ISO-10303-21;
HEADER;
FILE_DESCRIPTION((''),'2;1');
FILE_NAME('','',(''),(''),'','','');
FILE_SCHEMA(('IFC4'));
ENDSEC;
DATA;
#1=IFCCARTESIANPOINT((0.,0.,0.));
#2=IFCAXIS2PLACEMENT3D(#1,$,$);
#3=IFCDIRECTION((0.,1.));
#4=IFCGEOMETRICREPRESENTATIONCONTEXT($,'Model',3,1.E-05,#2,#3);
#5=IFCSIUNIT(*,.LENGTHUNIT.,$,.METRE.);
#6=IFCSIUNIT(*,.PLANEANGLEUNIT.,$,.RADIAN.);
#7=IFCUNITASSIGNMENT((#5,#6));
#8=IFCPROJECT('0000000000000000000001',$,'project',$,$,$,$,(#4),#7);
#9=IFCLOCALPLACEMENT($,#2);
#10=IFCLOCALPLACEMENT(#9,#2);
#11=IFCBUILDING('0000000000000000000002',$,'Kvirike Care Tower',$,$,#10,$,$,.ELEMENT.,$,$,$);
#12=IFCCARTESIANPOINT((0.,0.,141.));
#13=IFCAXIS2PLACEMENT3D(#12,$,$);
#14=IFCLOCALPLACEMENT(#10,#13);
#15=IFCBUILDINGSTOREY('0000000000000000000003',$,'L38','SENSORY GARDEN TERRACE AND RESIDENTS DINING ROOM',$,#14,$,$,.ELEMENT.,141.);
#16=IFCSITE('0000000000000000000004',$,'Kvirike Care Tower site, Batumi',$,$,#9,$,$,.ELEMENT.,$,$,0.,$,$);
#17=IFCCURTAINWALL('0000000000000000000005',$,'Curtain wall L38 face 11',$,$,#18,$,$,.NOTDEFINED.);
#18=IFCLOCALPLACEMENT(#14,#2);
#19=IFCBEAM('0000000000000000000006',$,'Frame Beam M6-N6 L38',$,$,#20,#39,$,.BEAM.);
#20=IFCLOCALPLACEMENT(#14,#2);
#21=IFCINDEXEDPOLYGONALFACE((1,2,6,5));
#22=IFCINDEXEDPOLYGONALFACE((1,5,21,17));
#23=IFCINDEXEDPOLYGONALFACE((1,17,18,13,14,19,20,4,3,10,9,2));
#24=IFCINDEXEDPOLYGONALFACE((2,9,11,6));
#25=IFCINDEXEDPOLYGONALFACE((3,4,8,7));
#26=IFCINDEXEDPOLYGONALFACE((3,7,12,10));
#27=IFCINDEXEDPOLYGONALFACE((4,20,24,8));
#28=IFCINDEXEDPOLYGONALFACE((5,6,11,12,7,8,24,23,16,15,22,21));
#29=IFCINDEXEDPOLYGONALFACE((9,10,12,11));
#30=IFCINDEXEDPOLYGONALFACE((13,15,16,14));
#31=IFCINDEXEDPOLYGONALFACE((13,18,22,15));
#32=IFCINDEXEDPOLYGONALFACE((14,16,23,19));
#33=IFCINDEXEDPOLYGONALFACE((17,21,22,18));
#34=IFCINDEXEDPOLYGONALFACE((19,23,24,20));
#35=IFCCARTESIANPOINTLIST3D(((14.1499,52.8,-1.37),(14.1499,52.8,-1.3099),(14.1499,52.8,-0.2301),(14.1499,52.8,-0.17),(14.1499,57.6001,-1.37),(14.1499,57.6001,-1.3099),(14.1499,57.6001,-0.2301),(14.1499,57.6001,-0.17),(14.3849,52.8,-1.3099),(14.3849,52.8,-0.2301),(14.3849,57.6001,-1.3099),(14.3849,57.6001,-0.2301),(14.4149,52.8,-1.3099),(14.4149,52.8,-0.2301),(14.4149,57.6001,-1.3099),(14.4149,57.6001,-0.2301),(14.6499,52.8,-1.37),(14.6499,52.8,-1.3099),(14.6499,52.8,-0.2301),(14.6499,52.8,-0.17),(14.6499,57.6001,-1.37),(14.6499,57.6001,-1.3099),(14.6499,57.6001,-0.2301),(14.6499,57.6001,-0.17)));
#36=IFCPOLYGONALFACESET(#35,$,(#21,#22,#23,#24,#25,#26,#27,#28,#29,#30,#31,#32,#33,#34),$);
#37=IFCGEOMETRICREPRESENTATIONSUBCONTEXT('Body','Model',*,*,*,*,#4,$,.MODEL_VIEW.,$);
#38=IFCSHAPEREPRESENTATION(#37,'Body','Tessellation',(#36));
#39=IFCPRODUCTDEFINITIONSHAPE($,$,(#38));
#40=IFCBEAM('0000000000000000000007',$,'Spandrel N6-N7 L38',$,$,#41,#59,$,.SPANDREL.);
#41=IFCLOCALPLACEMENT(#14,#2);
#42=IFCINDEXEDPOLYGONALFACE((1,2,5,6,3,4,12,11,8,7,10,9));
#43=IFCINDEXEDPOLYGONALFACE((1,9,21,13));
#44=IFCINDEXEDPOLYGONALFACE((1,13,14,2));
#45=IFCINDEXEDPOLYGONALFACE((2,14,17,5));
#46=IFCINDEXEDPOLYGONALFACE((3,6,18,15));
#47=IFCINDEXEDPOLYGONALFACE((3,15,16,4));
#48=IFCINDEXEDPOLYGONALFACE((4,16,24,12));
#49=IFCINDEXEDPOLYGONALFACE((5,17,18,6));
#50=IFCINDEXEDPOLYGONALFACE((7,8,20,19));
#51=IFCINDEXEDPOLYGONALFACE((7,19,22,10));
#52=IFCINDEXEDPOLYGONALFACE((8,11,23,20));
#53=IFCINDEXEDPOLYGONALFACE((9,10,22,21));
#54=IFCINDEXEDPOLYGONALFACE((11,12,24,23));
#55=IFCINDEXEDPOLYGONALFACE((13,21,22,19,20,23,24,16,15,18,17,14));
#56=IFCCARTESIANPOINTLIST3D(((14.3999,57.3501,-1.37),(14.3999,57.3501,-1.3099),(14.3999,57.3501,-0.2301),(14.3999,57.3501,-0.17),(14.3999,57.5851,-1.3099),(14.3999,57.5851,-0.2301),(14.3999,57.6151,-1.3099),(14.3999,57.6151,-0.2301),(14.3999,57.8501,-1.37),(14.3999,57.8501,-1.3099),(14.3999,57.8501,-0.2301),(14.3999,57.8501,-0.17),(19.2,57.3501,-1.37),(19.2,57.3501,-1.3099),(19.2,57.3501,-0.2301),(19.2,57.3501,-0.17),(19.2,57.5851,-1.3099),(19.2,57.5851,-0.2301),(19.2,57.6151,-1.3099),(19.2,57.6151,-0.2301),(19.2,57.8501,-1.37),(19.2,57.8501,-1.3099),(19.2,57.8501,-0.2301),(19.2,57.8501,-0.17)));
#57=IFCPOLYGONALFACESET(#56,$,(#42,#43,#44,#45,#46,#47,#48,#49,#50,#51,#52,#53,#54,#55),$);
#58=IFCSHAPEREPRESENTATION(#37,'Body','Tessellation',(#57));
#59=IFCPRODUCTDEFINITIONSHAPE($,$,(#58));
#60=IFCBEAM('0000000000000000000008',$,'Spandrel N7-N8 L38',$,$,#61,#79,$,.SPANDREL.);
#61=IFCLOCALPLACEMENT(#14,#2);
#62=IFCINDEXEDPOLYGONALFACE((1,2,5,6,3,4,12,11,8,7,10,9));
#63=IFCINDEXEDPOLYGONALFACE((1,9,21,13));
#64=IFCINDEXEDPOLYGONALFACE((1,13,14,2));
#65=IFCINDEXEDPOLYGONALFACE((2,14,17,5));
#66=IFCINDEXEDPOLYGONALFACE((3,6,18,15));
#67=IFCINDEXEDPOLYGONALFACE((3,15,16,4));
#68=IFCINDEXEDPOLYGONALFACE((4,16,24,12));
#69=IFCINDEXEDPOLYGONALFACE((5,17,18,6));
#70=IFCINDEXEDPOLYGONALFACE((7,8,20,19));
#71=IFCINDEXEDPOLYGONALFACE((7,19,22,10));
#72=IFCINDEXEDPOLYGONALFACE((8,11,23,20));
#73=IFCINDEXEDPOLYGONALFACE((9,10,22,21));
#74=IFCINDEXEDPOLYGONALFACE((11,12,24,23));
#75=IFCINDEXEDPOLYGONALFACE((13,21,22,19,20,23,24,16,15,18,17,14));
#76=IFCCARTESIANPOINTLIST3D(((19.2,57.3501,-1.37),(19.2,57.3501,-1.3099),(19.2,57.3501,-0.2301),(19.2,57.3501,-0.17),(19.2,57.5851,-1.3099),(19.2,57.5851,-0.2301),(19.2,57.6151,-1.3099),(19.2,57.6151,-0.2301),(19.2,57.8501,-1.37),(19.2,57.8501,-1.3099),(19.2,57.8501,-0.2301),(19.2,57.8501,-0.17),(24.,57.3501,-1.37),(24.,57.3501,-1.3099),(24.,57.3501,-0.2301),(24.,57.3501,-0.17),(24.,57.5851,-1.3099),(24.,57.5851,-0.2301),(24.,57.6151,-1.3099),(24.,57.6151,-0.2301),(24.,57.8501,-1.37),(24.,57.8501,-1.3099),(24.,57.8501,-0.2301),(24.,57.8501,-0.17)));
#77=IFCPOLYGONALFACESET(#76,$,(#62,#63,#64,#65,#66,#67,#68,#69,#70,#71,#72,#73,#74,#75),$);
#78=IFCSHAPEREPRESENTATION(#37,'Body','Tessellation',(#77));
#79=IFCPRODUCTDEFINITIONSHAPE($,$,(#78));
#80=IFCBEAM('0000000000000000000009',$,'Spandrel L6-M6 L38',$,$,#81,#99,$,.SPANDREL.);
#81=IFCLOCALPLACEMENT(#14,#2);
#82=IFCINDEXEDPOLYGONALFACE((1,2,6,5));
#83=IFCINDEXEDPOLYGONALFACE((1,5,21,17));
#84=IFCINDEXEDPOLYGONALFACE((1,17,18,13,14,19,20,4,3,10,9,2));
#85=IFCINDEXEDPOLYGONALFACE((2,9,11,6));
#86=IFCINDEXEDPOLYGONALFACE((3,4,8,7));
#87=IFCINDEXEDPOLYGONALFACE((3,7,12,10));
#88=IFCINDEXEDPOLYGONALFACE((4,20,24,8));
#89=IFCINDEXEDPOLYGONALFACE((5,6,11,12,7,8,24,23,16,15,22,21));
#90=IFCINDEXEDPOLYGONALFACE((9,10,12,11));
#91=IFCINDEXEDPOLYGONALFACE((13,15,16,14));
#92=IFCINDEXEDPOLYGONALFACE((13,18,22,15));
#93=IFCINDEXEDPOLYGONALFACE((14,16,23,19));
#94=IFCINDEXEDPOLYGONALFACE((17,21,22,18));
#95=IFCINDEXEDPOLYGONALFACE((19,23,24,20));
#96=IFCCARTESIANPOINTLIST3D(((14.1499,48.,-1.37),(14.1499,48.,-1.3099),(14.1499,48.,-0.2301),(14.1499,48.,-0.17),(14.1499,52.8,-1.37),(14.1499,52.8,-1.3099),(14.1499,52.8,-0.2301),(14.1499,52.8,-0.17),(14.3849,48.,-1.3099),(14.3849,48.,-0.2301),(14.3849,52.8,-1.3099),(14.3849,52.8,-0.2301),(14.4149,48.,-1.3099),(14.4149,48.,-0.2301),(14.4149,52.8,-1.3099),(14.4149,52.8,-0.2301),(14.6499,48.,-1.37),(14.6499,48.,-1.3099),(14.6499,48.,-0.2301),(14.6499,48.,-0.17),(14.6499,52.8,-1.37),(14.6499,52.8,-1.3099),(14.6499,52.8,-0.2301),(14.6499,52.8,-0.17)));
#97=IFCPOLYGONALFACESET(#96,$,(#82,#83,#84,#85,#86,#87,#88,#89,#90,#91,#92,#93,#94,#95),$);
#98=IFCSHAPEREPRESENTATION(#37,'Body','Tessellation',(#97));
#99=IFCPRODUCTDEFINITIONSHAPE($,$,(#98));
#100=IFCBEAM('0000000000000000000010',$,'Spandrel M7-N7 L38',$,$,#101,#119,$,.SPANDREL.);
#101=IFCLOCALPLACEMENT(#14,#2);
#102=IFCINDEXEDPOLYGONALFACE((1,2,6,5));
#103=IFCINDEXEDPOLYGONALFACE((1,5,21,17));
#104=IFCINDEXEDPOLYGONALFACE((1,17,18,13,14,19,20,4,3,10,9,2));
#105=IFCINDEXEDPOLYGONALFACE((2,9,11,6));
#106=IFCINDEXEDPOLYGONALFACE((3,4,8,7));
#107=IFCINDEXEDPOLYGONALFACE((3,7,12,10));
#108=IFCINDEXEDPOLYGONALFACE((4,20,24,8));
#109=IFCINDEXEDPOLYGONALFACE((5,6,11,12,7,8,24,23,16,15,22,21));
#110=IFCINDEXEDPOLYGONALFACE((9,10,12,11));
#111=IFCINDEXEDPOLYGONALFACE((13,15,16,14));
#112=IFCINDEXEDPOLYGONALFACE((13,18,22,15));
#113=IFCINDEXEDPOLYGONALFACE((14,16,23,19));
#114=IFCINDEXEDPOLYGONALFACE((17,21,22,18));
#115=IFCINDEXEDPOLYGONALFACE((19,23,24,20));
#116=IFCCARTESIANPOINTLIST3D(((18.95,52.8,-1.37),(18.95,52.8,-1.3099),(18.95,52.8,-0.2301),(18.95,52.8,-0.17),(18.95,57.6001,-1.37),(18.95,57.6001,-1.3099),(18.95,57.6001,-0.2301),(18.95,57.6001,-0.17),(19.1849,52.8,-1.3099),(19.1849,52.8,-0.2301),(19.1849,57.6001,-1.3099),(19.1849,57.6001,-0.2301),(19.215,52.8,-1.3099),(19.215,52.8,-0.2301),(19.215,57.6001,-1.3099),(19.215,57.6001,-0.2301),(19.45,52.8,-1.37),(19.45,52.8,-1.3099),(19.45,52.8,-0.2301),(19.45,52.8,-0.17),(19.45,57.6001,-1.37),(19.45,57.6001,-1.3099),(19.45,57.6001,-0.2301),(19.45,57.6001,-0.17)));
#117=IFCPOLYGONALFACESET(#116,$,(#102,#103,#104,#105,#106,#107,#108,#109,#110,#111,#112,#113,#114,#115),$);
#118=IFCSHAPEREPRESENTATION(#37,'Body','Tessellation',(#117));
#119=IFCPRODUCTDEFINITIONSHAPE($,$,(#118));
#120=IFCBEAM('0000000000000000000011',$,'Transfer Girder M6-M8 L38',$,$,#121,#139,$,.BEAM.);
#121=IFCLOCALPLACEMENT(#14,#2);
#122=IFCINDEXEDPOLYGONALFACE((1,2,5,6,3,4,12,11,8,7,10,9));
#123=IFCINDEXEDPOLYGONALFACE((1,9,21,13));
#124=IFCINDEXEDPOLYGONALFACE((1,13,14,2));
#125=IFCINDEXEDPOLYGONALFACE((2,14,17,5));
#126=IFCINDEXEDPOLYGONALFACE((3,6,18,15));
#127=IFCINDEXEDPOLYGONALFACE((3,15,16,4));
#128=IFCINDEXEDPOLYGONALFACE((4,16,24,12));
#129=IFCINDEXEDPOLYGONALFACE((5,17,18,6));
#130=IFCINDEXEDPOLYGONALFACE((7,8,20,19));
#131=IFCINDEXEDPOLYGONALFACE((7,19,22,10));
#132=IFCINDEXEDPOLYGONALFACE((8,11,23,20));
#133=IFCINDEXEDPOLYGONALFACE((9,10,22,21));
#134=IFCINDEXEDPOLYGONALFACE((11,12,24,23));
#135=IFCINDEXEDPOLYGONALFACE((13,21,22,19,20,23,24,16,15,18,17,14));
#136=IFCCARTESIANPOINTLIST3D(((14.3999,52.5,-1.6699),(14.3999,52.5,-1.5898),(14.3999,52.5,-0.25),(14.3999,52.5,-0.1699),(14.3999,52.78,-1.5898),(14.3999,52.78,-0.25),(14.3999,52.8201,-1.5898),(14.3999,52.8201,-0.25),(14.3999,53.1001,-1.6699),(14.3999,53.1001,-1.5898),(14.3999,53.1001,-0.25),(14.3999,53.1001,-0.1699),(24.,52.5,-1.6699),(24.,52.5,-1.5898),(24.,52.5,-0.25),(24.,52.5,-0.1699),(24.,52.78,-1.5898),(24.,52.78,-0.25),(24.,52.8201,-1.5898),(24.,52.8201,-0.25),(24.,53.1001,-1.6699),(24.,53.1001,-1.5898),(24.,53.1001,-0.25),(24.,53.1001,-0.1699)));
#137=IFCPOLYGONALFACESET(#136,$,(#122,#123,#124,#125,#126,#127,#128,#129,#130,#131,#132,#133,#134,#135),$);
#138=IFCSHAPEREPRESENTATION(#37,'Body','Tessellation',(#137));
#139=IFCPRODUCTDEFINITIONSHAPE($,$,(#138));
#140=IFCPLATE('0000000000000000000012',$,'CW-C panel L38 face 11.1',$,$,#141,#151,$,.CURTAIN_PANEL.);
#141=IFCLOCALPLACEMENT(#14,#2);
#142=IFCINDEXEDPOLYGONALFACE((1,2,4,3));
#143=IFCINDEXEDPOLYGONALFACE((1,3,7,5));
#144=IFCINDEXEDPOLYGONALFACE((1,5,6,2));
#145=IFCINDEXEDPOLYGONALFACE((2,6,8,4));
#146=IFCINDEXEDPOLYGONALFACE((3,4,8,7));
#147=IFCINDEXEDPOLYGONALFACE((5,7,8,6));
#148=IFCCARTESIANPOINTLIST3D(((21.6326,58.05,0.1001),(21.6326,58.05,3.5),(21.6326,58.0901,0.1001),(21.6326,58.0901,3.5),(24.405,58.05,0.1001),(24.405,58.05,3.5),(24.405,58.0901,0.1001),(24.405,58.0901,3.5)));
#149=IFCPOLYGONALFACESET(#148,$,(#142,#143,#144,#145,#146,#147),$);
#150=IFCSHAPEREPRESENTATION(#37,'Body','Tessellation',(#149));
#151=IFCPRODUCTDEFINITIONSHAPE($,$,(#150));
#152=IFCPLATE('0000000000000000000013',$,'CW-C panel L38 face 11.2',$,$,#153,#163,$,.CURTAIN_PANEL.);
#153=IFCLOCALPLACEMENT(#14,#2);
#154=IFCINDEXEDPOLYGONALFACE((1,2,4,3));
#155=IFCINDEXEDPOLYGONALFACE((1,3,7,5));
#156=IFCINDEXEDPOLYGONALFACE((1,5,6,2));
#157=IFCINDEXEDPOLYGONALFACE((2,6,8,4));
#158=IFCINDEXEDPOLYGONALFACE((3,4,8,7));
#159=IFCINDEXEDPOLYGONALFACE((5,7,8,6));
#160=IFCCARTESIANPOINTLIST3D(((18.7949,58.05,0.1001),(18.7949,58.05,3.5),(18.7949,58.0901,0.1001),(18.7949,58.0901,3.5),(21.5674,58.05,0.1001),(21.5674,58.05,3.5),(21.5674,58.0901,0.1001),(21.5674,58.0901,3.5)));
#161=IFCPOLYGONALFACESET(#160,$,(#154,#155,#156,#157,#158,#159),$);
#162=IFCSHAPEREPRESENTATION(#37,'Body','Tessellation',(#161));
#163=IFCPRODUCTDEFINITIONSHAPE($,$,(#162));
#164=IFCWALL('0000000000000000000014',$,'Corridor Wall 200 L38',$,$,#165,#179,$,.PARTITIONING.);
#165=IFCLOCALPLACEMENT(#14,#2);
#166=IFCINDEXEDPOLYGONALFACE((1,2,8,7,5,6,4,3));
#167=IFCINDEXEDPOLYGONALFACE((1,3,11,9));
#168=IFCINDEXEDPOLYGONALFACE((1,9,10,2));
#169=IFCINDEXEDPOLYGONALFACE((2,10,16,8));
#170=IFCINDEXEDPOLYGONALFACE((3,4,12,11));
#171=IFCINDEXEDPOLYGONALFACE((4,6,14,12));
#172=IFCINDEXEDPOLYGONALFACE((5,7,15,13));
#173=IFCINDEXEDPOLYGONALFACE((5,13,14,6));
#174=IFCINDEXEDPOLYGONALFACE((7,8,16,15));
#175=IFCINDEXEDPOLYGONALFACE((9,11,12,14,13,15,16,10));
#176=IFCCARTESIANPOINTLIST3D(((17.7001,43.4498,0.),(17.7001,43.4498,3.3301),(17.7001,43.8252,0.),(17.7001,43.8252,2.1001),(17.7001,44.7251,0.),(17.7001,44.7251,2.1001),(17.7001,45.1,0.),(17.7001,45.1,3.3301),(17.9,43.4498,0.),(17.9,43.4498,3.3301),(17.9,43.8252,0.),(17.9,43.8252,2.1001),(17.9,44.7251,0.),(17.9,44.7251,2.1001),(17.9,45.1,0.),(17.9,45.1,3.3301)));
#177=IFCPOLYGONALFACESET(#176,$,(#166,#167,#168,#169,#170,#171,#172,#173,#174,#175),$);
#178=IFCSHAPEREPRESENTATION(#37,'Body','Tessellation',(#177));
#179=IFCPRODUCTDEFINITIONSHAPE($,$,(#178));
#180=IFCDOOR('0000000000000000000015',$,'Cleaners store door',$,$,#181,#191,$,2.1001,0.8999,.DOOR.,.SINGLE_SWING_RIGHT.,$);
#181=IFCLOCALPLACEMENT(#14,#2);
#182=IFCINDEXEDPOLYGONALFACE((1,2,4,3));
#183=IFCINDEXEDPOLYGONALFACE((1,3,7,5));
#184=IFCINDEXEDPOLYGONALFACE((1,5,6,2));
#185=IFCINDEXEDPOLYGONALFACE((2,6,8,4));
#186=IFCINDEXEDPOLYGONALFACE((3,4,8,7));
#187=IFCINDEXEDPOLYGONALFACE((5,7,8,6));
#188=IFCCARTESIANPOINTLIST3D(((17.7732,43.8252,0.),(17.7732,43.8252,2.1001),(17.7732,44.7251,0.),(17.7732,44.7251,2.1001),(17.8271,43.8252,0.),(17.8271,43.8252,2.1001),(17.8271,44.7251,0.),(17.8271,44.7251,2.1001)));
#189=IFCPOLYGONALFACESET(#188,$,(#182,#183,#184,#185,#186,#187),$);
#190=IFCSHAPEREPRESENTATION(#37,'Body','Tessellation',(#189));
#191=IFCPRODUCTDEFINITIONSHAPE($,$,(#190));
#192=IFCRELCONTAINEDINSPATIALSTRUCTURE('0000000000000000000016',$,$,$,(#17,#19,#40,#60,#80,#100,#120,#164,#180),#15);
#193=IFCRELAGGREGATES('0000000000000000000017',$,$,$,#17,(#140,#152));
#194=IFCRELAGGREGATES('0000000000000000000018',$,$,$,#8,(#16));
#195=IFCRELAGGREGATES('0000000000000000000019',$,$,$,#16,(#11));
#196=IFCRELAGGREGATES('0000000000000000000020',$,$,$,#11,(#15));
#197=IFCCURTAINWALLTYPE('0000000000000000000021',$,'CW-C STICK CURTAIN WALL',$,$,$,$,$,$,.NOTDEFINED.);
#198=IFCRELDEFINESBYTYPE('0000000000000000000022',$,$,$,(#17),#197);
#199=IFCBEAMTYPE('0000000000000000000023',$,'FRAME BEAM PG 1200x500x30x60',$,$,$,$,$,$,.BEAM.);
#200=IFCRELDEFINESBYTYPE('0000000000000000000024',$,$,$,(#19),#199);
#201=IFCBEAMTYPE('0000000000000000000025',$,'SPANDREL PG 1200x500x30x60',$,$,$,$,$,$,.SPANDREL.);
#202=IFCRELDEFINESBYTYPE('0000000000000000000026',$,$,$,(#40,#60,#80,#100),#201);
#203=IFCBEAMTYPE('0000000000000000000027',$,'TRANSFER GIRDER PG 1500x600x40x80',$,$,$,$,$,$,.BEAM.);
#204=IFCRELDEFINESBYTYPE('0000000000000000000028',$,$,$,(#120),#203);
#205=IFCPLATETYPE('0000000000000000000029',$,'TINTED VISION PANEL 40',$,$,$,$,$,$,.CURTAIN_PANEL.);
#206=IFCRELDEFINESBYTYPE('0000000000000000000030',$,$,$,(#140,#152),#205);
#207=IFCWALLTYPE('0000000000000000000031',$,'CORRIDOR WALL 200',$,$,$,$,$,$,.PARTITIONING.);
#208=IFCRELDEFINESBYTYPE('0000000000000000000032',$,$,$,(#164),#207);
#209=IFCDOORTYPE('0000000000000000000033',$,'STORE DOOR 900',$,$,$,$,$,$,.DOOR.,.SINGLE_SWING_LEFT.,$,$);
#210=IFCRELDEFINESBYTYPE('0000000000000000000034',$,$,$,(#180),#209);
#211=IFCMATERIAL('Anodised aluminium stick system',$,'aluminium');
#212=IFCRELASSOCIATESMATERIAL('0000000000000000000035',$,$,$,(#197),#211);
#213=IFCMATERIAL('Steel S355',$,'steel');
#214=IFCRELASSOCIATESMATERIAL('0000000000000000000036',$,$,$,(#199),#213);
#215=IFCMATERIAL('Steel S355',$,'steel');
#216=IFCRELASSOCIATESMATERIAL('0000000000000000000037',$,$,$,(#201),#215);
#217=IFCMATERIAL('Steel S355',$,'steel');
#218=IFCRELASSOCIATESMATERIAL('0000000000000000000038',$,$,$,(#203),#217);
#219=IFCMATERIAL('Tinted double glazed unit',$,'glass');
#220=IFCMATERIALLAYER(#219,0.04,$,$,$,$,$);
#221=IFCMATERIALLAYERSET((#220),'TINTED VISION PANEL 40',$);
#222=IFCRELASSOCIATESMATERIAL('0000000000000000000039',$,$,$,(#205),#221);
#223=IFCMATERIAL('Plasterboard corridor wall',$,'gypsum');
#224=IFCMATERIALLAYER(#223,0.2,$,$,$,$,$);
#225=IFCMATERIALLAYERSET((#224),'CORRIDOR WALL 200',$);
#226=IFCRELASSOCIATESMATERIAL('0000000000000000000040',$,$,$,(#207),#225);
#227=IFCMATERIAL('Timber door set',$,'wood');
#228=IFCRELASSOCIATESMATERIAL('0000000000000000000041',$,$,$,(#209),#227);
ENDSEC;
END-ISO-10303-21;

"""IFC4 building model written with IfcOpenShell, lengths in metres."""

from ifc_helpers import new_model, si_unit, direction, frame, frame_2d, origin, origin_2d, place, context, subcontext, project, spatial, rectangle, i_section, extrude, material, layer, layer_set, material_profile, profile_set, type_object, element, fill, aggregate, save


model = new_model("IFC4")

# Units and contexts
model_context = context("Model", 3, precision=1e-05, world=origin(), true_north=direction((0.0, 1.0)))
body_context = subcontext(model_context, "Body", "Model", "MODEL_VIEW")
ifc_project = project(units=[si_unit("LENGTHUNIT", "METRE"), si_unit("PLANEANGLEUNIT", "RADIAN")], contexts=[model_context])

# Site, building, storey
site_placement = place(None, origin())
site = spatial("IfcSite", under=ifc_project, at=site_placement, Name="Kvirike Care Tower site, Batumi", CompositionType="ELEMENT", RefElevation=0.0)
building_placement = place(site_placement, origin())
building = spatial("IfcBuilding", under=site, at=building_placement, Name="Kvirike Care Tower", CompositionType="ELEMENT")
storey_placement = place(building_placement, frame((0.0, 0.0, 141.0)))
storey = spatial("IfcBuildingStorey", under=building, at=storey_placement, Name="L38", Description="SENSORY GARDEN TERRACE AND RESIDENTS DINING ROOM", CompositionType="ELEMENT", Elevation=141.0)

# Curtain wall
ifc_material_1 = material(Name="Anodised aluminium stick system", Category="aluminium")
curtain_wall_type = type_object("IfcCurtainWallType", Name="CW-C STICK CURTAIN WALL", PredefinedType="NOTDEFINED", material=ifc_material_1)
curtain_wall_placement = place(storey_placement, origin())
curtain_wall = element("IfcCurtainWall", 1, at=curtain_wall_placement, inside=storey, type_object=curtain_wall_type, Name="Curtain wall L38 face 11", PredefinedType="NOTDEFINED")

# Beams
ifc_material_2 = material(Name="Steel S355", Category="steel")
ifc_material_profile_1 = material_profile(ifc_material_2, i_section(OverallWidth=0.5, OverallDepth=1.2, WebThickness=0.03, FlangeThickness=0.0601, at=origin_2d()), Name="PG 1200x500x30x60")
ifc_profile_set_1 = profile_set([ifc_material_profile_1], Name="Steel S355")
beam_type_1 = type_object("IfcBeamType", Name="FRAME BEAM PG 1200x500x30x60", PredefinedType="BEAM", material=ifc_profile_set_1)
beam_1_placement = place(storey_placement, frame((14.3999, 52.8, -0.77), z_axis=(0.0, 1.0, 0.0), x_axis=(-1.0, 0.0, 0.0)))
element("IfcBeam", 2, at=beam_1_placement, inside=storey, type_object=beam_type_1, Name="Frame Beam M6-N6 L38", PredefinedType="BEAM", context=body_context, shape_type="SweptSolid", body=[
    extrude(i_section(OverallWidth=0.5, OverallDepth=1.2, WebThickness=0.03, FlangeThickness=0.0601, at=origin_2d()), origin(), (0.0, 0.0, 1.0), 4.8),
])
ifc_material_3 = material(Name="Steel S355", Category="steel")
ifc_material_profile_2 = material_profile(ifc_material_3, i_section(OverallWidth=0.5, OverallDepth=1.2, WebThickness=0.03, FlangeThickness=0.0601, at=origin_2d()), Name="PG 1200x500x30x60")
ifc_profile_set_2 = profile_set([ifc_material_profile_2], Name="Steel S355")
beam_type_2 = type_object("IfcBeamType", Name="SPANDREL PG 1200x500x30x60", PredefinedType="SPANDREL", material=ifc_profile_set_2)
for number, where, z_axis, x_axis, name in (
    (3, (14.3999, 57.6001, -0.77), (1.0, 0.0, 0.0), (0.0, 1.0, 0.0), "Spandrel N6-N7 L38"),
    (4, (19.2, 57.6001, -0.77), (1.0, 0.0, 0.0), (0.0, 1.0, 0.0), "Spandrel N7-N8 L38"),
    (5, (14.3999, 48.0, -0.77), (0.0, 1.0, 0.0), (-1.0, 0.0, 0.0), "Spandrel L6-M6 L38"),
    (6, (19.2, 52.8, -0.77), (0.0, 1.0, 0.0), (-1.0, 0.0, 0.0), "Spandrel M7-N7 L38"),
):
    element("IfcBeam", number, at=place(storey_placement, frame(where, z_axis=z_axis, x_axis=x_axis)), inside=storey, type_object=beam_type_2, Name=name, PredefinedType="SPANDREL", context=body_context, shape_type="SweptSolid", body=[
        extrude(i_section(OverallWidth=0.5, OverallDepth=1.2, WebThickness=0.03, FlangeThickness=0.0601, at=origin_2d()), origin(), (0.0, 0.0, 1.0), 4.8),
    ])
ifc_material_4 = material(Name="Steel S355", Category="steel")
ifc_material_profile_3 = material_profile(ifc_material_4, i_section(OverallWidth=0.6001, OverallDepth=1.5, WebThickness=0.04, FlangeThickness=0.0801, at=origin_2d()), Name="PG 1500x600x40x80")
ifc_profile_set_3 = profile_set([ifc_material_profile_3], Name="Steel S355")
beam_type_3 = type_object("IfcBeamType", Name="TRANSFER GIRDER PG 1500x600x40x80", PredefinedType="BEAM", material=ifc_profile_set_3)
beam_2_placement = place(storey_placement, frame((14.3999, 52.8, -0.9199), z_axis=(1.0, 0.0, 0.0), x_axis=(0.0, 1.0, 0.0)))
element("IfcBeam", 7, at=beam_2_placement, inside=storey, type_object=beam_type_3, Name="Transfer Girder M6-M8 L38", PredefinedType="BEAM", context=body_context, shape_type="SweptSolid", body=[
    extrude(i_section(OverallWidth=0.6001, OverallDepth=1.5, WebThickness=0.04, FlangeThickness=0.0801, at=origin_2d()), origin(), (0.0, 0.0, 1.0), 9.6001),
])

# Plates
ifc_material_5 = material(Name="Tinted double glazed unit", Category="glass")
ifc_layer_1 = layer(ifc_material_5, 0.04)
ifc_layer_set_1 = layer_set([ifc_layer_1], Name="TINTED VISION PANEL 40")
plate_type = type_object("IfcPlateType", Name="TINTED VISION PANEL 40", PredefinedType="CURTAIN_PANEL", material=ifc_layer_set_1)
plate_1_placement = place(storey_placement, frame((23.0188, 58.0701, 0.1001), z_axis=(0.0, 0.0, 1.0), x_axis=(-1.0, 0.0, 0.0)))
plate_1 = element("IfcPlate", 8, at=plate_1_placement, type_object=plate_type, Name="CW-C panel L38 face 11.1", PredefinedType="CURTAIN_PANEL", context=body_context, shape_type="SweptSolid", body=[
    extrude(rectangle(XDim=2.7725, YDim=0.04, at=origin_2d()), origin(), (0.0, 0.0, 1.0), 3.3999),
])
plate_2_placement = place(storey_placement, frame((20.1812, 58.0701, 0.1001), z_axis=(0.0, 0.0, 1.0), x_axis=(-1.0, 0.0, 0.0)))
plate_2 = element("IfcPlate", 9, at=plate_2_placement, type_object=plate_type, Name="CW-C panel L38 face 11.2", PredefinedType="CURTAIN_PANEL", context=body_context, shape_type="SweptSolid", body=[
    extrude(rectangle(XDim=2.7725, YDim=0.04, at=origin_2d()), origin(), (0.0, 0.0, 1.0), 3.3999),
])
aggregate(curtain_wall, [plate_1, plate_2])

# Wall, opening, door
ifc_material_6 = material(Name="Plasterboard corridor wall", Category="gypsum")
ifc_layer_2 = layer(ifc_material_6, 0.2)
ifc_layer_set_2 = layer_set([ifc_layer_2], Name="CORRIDOR WALL 200")
wall_type_1 = type_object("IfcWallType", Name="CORRIDOR WALL 200", PredefinedType="PARTITIONING", material=ifc_layer_set_2)
wall_1_placement = place(storey_placement, frame((17.8, 45.1001, 0.0), z_axis=(0.0, 0.0, 1.0), x_axis=(0.0, -1.0, 0.0)))
wall_1 = element("IfcWall", 10, at=wall_1_placement, inside=storey, type_object=wall_type_1, Name="Corridor Wall 200 L38", PredefinedType="PARTITIONING", context=body_context, shape_type="SweptSolid", body=[
    extrude(rectangle(XDim=1.6501, YDim=0.2, at=frame_2d((0.8252, 0.0))), origin(), (0.0, 0.0, 1.0), 3.3301),
])
opening_1_placement = place(wall_1_placement, frame((0.375, 0.0, 0.0)))
opening_1 = element("IfcOpeningElement", 11, at=opening_1_placement, cuts=wall_1, PredefinedType="OPENING", context=body_context, shape_type="SweptSolid", body=[
    extrude(rectangle(XDim=0.8999, YDim=2.1001, at=frame_2d((0.45, 1.05))), frame((0.0, 0.1106, 0.0), z_axis=(0.0, -1.0, 0.0), x_axis=(1.0, 0.0, 0.0)), (0.0, 0.0, 1.0), 0.2209),
])
ifc_material_7 = material(Name="Timber door set", Category="wood")
door_type_1 = type_object("IfcDoorType", Name="STORE DOOR 900", OperationType="SINGLE_SWING_LEFT", PredefinedType="DOOR", material=ifc_material_7)
door_1_placement = place(opening_1_placement, frame((0.8999, 0.0, 0.0), z_axis=(0.0, 0.0, 1.0), x_axis=(-1.0, 0.0, 0.0)))
door_1 = element("IfcDoor", 12, at=door_1_placement, inside=storey, type_object=door_type_1, Name="Cleaners store door", OperationType="SINGLE_SWING_RIGHT", OverallHeight=2.1001, OverallWidth=0.8999, PredefinedType="DOOR", context=body_context, shape_type="SweptSolid", body=[
    extrude(rectangle(XDim=0.8999, YDim=2.1001, at=frame_2d((0.45, 1.05))), frame((0.0, 0.0269, 0.0), z_axis=(0.0, -1.0, 0.0), x_axis=(1.0, 0.0, 0.0)), (0.0, 0.0, 1.0), 0.054),
])
fill(opening_1, door_1)

save(model, "model.ifc")
